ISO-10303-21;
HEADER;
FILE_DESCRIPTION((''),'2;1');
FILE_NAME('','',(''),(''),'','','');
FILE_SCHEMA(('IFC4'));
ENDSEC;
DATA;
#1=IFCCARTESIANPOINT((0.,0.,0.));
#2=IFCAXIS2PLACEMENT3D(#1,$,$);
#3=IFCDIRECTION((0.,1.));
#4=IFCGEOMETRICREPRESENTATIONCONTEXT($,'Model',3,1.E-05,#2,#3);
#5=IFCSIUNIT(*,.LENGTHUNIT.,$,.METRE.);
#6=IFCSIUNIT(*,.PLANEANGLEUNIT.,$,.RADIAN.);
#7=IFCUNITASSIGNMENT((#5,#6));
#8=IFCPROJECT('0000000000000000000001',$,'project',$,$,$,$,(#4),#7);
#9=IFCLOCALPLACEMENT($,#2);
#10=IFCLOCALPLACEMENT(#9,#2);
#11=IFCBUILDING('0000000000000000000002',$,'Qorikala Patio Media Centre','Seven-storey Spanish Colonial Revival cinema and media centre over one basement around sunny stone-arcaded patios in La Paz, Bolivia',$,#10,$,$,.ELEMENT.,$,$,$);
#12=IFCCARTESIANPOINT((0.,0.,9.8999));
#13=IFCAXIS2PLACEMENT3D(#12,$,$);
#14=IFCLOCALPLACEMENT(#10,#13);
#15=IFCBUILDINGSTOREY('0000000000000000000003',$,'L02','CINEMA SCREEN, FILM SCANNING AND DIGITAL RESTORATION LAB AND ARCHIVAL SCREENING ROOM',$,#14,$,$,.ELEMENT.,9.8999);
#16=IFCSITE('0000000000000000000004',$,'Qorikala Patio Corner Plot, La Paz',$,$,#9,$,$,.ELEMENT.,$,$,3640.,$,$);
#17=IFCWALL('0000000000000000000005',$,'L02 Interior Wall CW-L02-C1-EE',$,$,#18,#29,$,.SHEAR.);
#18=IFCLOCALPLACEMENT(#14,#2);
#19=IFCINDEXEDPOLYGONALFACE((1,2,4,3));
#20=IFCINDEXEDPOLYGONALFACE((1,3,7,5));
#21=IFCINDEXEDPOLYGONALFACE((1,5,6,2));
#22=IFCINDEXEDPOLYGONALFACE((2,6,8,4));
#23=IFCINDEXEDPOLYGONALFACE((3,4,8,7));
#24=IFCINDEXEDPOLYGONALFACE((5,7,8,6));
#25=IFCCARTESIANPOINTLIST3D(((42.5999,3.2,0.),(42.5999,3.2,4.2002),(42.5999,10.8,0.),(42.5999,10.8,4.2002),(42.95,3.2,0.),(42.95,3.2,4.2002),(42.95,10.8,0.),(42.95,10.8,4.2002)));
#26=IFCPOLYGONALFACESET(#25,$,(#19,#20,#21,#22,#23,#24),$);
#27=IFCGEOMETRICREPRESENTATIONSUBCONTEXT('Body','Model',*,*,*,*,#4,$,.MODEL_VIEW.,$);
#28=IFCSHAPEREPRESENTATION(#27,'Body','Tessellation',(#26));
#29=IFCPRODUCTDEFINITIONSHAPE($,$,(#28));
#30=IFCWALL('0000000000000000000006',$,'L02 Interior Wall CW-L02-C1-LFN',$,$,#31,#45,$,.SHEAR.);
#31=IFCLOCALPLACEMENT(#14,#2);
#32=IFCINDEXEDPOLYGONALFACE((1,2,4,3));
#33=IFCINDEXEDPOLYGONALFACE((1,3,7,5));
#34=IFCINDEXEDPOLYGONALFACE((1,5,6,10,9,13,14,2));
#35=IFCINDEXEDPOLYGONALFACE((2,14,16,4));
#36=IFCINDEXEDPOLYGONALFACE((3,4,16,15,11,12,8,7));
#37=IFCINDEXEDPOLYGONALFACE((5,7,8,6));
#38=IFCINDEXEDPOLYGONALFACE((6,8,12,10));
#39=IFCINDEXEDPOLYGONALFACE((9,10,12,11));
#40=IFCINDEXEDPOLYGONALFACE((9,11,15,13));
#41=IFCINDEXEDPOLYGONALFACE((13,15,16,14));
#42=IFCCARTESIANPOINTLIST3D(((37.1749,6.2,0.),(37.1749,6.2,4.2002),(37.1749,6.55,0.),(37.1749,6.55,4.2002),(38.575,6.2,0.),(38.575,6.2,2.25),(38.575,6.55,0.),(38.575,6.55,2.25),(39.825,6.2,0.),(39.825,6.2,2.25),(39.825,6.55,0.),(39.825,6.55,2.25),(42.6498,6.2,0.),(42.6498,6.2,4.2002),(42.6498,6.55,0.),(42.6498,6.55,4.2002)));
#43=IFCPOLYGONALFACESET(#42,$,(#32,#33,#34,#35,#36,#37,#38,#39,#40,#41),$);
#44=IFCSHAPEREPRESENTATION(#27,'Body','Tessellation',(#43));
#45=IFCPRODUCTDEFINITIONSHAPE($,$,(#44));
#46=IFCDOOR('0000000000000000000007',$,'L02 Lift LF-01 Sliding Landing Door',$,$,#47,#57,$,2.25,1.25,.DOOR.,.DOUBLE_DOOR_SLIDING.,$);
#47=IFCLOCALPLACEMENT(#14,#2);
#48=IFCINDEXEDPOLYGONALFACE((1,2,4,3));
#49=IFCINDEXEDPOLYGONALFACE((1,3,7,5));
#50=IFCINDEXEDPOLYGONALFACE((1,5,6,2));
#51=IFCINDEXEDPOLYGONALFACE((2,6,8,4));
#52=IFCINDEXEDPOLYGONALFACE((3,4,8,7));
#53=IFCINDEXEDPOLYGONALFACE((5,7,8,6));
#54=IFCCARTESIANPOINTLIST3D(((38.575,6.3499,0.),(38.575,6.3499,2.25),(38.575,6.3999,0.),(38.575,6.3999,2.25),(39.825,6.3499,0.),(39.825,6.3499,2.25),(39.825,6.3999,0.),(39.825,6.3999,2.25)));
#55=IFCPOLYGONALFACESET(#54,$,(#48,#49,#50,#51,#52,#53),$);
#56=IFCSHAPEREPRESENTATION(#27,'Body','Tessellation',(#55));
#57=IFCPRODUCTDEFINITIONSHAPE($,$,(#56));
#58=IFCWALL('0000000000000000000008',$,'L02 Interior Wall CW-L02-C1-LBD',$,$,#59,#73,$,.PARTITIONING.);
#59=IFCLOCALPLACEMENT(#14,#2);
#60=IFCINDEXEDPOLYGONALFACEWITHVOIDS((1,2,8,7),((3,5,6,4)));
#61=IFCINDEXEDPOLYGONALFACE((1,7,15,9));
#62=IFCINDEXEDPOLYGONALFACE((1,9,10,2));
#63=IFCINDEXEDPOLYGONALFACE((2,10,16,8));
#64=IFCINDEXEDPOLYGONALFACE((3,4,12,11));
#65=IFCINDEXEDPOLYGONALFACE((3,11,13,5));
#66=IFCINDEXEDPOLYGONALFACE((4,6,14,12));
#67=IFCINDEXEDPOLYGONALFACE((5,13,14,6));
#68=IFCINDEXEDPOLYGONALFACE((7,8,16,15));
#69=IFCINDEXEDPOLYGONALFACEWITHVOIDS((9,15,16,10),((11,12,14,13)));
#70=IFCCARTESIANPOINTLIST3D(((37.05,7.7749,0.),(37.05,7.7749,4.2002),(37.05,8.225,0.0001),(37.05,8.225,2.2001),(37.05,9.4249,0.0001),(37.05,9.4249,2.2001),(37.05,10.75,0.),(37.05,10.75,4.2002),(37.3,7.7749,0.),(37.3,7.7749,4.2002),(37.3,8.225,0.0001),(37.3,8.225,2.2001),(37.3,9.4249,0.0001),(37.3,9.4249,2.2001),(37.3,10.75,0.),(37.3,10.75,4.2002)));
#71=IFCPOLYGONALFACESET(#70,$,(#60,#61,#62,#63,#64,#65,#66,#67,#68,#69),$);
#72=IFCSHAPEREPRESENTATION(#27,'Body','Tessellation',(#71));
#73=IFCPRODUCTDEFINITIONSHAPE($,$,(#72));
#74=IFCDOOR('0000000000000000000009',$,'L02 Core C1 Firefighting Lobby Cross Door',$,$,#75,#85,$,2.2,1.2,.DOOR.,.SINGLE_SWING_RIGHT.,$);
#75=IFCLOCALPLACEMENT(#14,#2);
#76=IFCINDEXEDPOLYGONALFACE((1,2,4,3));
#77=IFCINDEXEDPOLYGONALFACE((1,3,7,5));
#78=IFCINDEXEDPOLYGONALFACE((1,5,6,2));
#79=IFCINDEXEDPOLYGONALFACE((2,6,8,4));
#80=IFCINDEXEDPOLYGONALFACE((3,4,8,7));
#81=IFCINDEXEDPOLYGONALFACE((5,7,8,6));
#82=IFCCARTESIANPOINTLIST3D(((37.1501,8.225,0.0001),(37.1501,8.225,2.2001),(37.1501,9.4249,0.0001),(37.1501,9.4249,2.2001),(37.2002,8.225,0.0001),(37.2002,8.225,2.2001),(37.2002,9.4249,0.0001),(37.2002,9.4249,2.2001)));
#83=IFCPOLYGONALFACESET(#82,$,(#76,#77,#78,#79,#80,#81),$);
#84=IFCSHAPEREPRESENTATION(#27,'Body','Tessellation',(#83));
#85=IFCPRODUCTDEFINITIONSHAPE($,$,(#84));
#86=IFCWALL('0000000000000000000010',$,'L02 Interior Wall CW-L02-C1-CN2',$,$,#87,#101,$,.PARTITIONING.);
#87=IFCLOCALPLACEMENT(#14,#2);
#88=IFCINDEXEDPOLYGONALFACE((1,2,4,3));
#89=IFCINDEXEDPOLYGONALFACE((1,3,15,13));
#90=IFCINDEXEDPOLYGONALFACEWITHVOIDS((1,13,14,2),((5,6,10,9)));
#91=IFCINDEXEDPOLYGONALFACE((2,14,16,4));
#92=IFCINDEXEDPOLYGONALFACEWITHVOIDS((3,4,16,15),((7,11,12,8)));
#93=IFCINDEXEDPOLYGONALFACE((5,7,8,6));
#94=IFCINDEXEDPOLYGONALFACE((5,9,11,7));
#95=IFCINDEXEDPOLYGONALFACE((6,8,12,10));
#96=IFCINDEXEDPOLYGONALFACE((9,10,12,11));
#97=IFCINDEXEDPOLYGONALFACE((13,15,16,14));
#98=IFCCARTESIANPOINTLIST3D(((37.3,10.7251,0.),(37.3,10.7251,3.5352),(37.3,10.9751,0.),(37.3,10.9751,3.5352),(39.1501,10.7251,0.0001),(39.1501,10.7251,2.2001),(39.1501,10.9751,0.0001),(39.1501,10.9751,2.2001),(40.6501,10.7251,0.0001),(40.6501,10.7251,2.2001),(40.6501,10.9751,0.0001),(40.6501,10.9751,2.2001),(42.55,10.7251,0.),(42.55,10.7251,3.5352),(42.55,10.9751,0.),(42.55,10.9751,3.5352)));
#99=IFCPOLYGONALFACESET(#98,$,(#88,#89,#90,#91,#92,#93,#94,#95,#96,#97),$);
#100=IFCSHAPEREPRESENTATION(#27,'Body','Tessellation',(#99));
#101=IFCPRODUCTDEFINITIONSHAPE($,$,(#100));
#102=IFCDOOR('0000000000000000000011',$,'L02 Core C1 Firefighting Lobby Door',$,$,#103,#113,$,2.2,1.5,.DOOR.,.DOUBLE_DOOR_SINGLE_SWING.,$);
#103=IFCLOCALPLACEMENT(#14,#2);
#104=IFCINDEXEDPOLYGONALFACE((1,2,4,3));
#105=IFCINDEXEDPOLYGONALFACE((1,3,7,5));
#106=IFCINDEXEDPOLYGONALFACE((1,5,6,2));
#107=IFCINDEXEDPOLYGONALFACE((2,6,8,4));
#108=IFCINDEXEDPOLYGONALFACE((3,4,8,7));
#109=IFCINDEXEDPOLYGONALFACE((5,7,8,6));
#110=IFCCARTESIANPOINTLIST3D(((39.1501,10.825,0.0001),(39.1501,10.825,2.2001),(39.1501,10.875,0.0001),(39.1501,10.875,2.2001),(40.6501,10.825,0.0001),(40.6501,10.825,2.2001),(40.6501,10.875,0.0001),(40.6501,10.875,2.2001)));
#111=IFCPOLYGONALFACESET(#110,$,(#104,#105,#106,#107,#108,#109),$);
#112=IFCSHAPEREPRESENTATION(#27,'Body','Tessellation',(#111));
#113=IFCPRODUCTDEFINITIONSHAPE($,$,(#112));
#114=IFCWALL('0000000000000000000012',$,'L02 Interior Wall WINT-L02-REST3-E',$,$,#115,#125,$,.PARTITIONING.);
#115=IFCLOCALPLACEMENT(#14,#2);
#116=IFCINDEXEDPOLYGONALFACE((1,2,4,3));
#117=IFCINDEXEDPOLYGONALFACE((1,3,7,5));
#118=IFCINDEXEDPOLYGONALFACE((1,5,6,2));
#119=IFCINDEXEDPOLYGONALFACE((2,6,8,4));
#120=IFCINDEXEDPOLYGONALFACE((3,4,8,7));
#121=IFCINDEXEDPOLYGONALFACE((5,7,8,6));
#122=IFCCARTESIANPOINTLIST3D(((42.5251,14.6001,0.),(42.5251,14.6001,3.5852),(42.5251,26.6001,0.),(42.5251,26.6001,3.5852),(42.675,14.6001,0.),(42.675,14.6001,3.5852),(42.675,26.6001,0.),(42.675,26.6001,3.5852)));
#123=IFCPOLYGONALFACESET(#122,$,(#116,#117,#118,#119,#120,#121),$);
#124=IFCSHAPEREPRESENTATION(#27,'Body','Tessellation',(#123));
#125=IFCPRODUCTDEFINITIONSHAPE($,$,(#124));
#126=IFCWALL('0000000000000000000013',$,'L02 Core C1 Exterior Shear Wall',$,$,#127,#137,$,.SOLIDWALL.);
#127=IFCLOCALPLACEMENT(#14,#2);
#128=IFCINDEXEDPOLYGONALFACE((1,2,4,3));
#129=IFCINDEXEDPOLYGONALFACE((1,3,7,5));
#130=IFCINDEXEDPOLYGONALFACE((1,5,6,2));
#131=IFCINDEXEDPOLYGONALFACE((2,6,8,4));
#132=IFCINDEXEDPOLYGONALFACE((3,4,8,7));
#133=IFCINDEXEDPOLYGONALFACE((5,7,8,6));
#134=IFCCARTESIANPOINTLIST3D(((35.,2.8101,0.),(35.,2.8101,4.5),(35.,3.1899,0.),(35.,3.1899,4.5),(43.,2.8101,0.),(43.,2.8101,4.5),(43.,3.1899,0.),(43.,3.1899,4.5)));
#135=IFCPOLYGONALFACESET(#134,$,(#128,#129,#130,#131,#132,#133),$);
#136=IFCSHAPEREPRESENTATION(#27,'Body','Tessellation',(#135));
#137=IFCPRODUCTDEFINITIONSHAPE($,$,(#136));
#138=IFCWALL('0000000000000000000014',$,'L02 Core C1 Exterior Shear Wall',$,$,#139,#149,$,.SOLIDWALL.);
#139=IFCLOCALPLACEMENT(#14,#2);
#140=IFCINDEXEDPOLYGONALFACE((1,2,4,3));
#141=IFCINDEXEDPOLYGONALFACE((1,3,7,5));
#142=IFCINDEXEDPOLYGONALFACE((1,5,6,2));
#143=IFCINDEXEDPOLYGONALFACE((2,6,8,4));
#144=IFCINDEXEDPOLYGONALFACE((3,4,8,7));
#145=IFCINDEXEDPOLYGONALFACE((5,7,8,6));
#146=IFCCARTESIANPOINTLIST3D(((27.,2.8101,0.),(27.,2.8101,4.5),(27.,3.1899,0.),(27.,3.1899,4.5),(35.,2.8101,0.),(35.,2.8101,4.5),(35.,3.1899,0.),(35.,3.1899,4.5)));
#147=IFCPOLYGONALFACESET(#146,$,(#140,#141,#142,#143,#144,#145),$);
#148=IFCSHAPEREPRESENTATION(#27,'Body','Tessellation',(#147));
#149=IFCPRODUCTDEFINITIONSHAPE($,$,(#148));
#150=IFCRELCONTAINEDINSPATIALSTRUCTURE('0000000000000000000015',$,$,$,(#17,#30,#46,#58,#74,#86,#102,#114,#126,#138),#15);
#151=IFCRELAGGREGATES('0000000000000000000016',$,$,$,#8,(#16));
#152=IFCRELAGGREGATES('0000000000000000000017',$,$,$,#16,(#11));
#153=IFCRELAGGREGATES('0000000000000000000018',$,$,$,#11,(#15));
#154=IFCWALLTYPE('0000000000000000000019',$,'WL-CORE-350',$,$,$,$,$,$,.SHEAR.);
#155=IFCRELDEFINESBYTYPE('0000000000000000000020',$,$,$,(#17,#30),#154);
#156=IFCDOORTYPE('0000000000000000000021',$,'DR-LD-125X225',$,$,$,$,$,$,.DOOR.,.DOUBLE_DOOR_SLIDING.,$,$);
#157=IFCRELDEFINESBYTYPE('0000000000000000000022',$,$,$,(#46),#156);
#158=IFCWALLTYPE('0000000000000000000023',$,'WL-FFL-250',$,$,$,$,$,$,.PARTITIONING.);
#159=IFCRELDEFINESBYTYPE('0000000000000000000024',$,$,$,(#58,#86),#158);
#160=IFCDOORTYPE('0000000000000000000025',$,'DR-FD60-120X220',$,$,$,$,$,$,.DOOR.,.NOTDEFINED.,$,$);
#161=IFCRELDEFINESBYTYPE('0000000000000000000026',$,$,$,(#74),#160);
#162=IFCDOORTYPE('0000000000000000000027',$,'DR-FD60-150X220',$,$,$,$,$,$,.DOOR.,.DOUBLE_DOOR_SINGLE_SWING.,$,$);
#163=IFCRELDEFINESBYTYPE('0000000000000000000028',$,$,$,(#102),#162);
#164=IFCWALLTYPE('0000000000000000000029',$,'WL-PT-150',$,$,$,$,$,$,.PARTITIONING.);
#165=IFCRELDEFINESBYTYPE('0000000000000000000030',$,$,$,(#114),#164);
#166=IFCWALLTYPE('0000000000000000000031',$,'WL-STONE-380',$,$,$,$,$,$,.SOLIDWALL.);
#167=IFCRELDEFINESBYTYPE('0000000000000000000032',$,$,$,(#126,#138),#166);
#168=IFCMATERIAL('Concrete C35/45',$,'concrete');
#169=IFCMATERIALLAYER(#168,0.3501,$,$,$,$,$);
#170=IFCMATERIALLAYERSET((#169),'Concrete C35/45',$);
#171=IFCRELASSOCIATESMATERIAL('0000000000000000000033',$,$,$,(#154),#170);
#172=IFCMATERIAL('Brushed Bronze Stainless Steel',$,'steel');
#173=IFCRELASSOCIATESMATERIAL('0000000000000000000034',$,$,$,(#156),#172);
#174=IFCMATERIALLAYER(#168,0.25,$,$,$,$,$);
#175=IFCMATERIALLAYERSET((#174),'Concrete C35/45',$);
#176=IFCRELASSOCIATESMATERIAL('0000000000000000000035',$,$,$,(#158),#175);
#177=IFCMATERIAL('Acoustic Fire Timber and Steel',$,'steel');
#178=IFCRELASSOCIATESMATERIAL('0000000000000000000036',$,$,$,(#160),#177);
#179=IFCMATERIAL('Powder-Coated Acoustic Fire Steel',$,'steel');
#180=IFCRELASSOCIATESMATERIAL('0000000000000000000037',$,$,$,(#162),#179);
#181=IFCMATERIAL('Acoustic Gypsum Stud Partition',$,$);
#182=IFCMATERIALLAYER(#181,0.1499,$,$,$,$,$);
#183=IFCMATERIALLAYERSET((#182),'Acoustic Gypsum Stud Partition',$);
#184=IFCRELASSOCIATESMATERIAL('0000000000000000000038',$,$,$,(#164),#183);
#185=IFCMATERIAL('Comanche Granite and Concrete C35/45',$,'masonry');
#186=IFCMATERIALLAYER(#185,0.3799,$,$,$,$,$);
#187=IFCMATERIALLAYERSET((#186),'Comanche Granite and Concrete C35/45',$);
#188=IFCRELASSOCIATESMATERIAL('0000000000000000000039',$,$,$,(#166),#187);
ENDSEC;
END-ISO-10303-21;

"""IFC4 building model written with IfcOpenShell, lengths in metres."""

from ifc_helpers import new_model, si_unit, direction, frame, frame_2d, origin, place, context, subcontext, project, spatial, rectangle, extrude, material, layer, layer_set, type_object, element, fill, save


model = new_model("IFC4")

# Units and contexts
model_context = context("Model", 3, precision=1e-05, world=origin(), true_north=direction((0.0, 1.0)))
body_context = subcontext(model_context, "Body", "Model", "MODEL_VIEW")
ifc_project = project(units=[si_unit("LENGTHUNIT", "METRE"), si_unit("PLANEANGLEUNIT", "RADIAN")], contexts=[model_context])

# Site, building, storey
site_placement = place(None, origin())
site = spatial("IfcSite", under=ifc_project, at=site_placement, Name="Qorikala Patio Corner Plot, La Paz", CompositionType="ELEMENT", RefElevation=3640.0)
building_placement = place(site_placement, origin())
building = spatial("IfcBuilding", under=site, at=building_placement, Name="Qorikala Patio Media Centre", Description="Seven-storey Spanish Colonial Revival cinema and media centre over one basement around sunny stone-arcaded patios in La Paz, Bolivia", CompositionType="ELEMENT")
storey_placement = place(building_placement, frame((0.0, 0.0, 9.8999)))
storey = spatial("IfcBuildingStorey", under=building, at=storey_placement, Name="L02", Description="CINEMA SCREEN, FILM SCANNING AND DIGITAL RESTORATION LAB AND ARCHIVAL SCREENING ROOM", CompositionType="ELEMENT", Elevation=9.8999)

# Shared definitions
ifc_material_1 = material(Name="Concrete C35/45", Category="concrete")

# Wall
ifc_layer_1 = layer(ifc_material_1, 0.3501)
ifc_layer_set_1 = layer_set([ifc_layer_1], Name="Concrete C35/45")
wall_type_1 = type_object("IfcWallType", Name="WL-CORE-350", PredefinedType="SHEAR", material=ifc_layer_set_1)
wall_1_placement = place(storey_placement, frame((42.7749, 3.2, 0.0), z_axis=(0.0, 0.0, 1.0), x_axis=(0.0, 1.0, 0.0)))
element("IfcWall", 1, at=wall_1_placement, inside=storey, type_object=wall_type_1, Name="L02 Interior Wall CW-L02-C1-EE", PredefinedType="SHEAR", context=body_context, shape_type="SweptSolid", body=[
    extrude(rectangle(XDim=7.6001, YDim=0.3501, at=frame_2d((3.8, 0.0))), origin(), (0.0, 0.0, 1.0), 4.2002),
])

# Walls, openings, doors
wall_2_placement = place(storey_placement, frame((37.175, 6.375, 0.0), z_axis=(0.0, 0.0, 1.0), x_axis=(1.0, 0.0, 0.0)))
wall_2 = element("IfcWall", 2, at=wall_2_placement, inside=storey, type_object=wall_type_1, Name="L02 Interior Wall CW-L02-C1-LFN", PredefinedType="SHEAR", context=body_context, shape_type="SweptSolid", body=[
    extrude(rectangle(XDim=5.4749, YDim=0.3501, at=frame_2d((2.7373, 0.0))), origin(), (0.0, 0.0, 1.0), 4.2002),
])
opening_1_placement = place(wall_2_placement, frame((1.3999, 0.0, 0.0)))
opening_1 = element("IfcOpeningElement", 3, at=opening_1_placement, cuts=wall_2, PredefinedType="OPENING", context=body_context, shape_type="SweptSolid", body=[
    extrude(rectangle(XDim=1.25, YDim=2.25, at=frame_2d((0.625, 1.125))), frame((0.0, 0.1851, 0.0), z_axis=(0.0, -1.0, 0.0), x_axis=(1.0, 0.0, 0.0)), (0.0, 0.0, 1.0), 0.3701),
])
ifc_material_2 = material(Name="Brushed Bronze Stainless Steel", Category="steel")
door_type_1 = type_object("IfcDoorType", Name="DR-LD-125X225", OperationType="DOUBLE_DOOR_SLIDING", PredefinedType="DOOR", material=ifc_material_2)
door_1_placement = place(opening_1_placement, origin())
door_1 = element("IfcDoor", 4, at=door_1_placement, inside=storey, type_object=door_type_1, Name="L02 Lift LF-01 Sliding Landing Door", OperationType="DOUBLE_DOOR_SLIDING", OverallHeight=2.25, OverallWidth=1.25, PredefinedType="DOOR", context=body_context, shape_type="SweptSolid", body=[
    extrude(rectangle(XDim=1.25, YDim=2.25, at=frame_2d((0.625, 1.125))), frame((0.0, 0.0249, 0.0), z_axis=(0.0, -1.0, 0.0), x_axis=(1.0, 0.0, 0.0)), (0.0, 0.0, 1.0), 0.05),
])
fill(opening_1, door_1)
ifc_layer_2 = layer(ifc_material_1, 0.25)
ifc_layer_set_2 = layer_set([ifc_layer_2], Name="Concrete C35/45")
wall_type_2 = type_object("IfcWallType", Name="WL-FFL-250", PredefinedType="PARTITIONING", material=ifc_layer_set_2)
wall_3_placement = place(storey_placement, frame((37.175, 7.7749, 0.0), z_axis=(0.0, 0.0, 1.0), x_axis=(0.0, 1.0, 0.0)))
wall_3 = element("IfcWall", 5, at=wall_3_placement, inside=storey, type_object=wall_type_2, Name="L02 Interior Wall CW-L02-C1-LBD", PredefinedType="PARTITIONING", context=body_context, shape_type="SweptSolid", body=[
    extrude(rectangle(XDim=2.9751, YDim=0.25, at=frame_2d((1.4875, 0.0))), origin(), (0.0, 0.0, 1.0), 4.2002),
])
opening_2_placement = place(wall_3_placement, frame((0.45, 0.0, 0.0)))
opening_2 = element("IfcOpeningElement", 6, at=opening_2_placement, cuts=wall_3, PredefinedType="OPENING", context=body_context, shape_type="SweptSolid", body=[
    extrude(rectangle(XDim=1.2, YDim=2.2, at=frame_2d((0.6001, 1.1001))), frame((0.0, 0.135, 0.0), z_axis=(0.0, -1.0, 0.0), x_axis=(1.0, 0.0, 0.0)), (0.0, 0.0, 1.0), 0.27),
])
ifc_material_3 = material(Name="Acoustic Fire Timber and Steel", Category="steel")
door_type_2 = type_object("IfcDoorType", Name="DR-FD60-120X220", OperationType="NOTDEFINED", PredefinedType="DOOR", material=ifc_material_3)
door_2_placement = place(opening_2_placement, origin())
door_2 = element("IfcDoor", 7, at=door_2_placement, inside=storey, type_object=door_type_2, Name="L02 Core C1 Firefighting Lobby Cross Door", OperationType="SINGLE_SWING_RIGHT", OverallHeight=2.2, OverallWidth=1.2, PredefinedType="DOOR", context=body_context, shape_type="SweptSolid", body=[
    extrude(rectangle(XDim=1.2, YDim=2.2, at=frame_2d((0.6001, 1.1001))), frame((0.0, 0.0249, 0.0), z_axis=(0.0, -1.0, 0.0), x_axis=(1.0, 0.0, 0.0)), (0.0, 0.0, 1.0), 0.05),
])
fill(opening_2, door_2)
wall_4_placement = place(storey_placement, frame((37.3, 10.8501, 0.0), z_axis=(0.0, 0.0, 1.0), x_axis=(1.0, 0.0, 0.0)))
wall_4 = element("IfcWall", 8, at=wall_4_placement, inside=storey, type_object=wall_type_2, Name="L02 Interior Wall CW-L02-C1-CN2", PredefinedType="PARTITIONING", context=body_context, shape_type="SweptSolid", body=[
    extrude(rectangle(XDim=5.25, YDim=0.25, at=frame_2d((2.625, 0.0))), origin(), (0.0, 0.0, 1.0), 3.5352),
])
opening_3_placement = place(wall_4_placement, frame((1.8501, 0.0, 0.0)))
opening_3 = element("IfcOpeningElement", 9, at=opening_3_placement, cuts=wall_4, PredefinedType="OPENING", context=body_context, shape_type="SweptSolid", body=[
    extrude(rectangle(XDim=1.5, YDim=2.2, at=frame_2d((0.75, 1.1001))), frame((0.0, 0.135, 0.0), z_axis=(0.0, -1.0, 0.0), x_axis=(1.0, 0.0, 0.0)), (0.0, 0.0, 1.0), 0.27),
])
ifc_material_4 = material(Name="Powder-Coated Acoustic Fire Steel", Category="steel")
door_type_3 = type_object("IfcDoorType", Name="DR-FD60-150X220", OperationType="DOUBLE_DOOR_SINGLE_SWING", PredefinedType="DOOR", material=ifc_material_4)
door_3_placement = place(opening_3_placement, origin())
door_3 = element("IfcDoor", 10, at=door_3_placement, inside=storey, type_object=door_type_3, Name="L02 Core C1 Firefighting Lobby Door", OperationType="DOUBLE_DOOR_SINGLE_SWING", OverallHeight=2.2, OverallWidth=1.5, PredefinedType="DOOR", context=body_context, shape_type="SweptSolid", body=[
    extrude(rectangle(XDim=1.5, YDim=2.2, at=frame_2d((0.75, 1.1001))), frame((0.0, 0.0249, 0.0), z_axis=(0.0, -1.0, 0.0), x_axis=(1.0, 0.0, 0.0)), (0.0, 0.0, 1.0), 0.05),
])
fill(opening_3, door_3)

# Walls
ifc_material_5 = material(Name="Acoustic Gypsum Stud Partition")
ifc_layer_3 = layer(ifc_material_5, 0.1499)
ifc_layer_set_3 = layer_set([ifc_layer_3], Name="Acoustic Gypsum Stud Partition")
wall_type_3 = type_object("IfcWallType", Name="WL-PT-150", PredefinedType="PARTITIONING", material=ifc_layer_set_3)
wall_5_placement = place(storey_placement, frame((42.6001, 14.6001, 0.0), z_axis=(0.0, 0.0, 1.0), x_axis=(0.0, 1.0, 0.0)))
element("IfcWall", 11, at=wall_5_placement, inside=storey, type_object=wall_type_3, Name="L02 Interior Wall WINT-L02-REST3-E", PredefinedType="PARTITIONING", context=body_context, shape_type="SweptSolid", body=[
    extrude(rectangle(XDim=12.0, YDim=0.1499, at=frame_2d((6.0, 0.0))), origin(), (0.0, 0.0, 1.0), 3.5852),
])
ifc_material_6 = material(Name="Comanche Granite and Concrete C35/45", Category="masonry")
ifc_layer_4 = layer(ifc_material_6, 0.3799)
ifc_layer_set_4 = layer_set([ifc_layer_4], Name="Comanche Granite and Concrete C35/45")
wall_type_4 = type_object("IfcWallType", Name="WL-STONE-380", PredefinedType="SOLIDWALL", material=ifc_layer_set_4)
for number, where, z_axis, x_axis, name in (
    (12, (43.0, 3.0, 0.0), (0.0, 0.0, 1.0), (-1.0, 0.0, 0.0), "L02 Core C1 Exterior Shear Wall"),
    (13, (35.0, 3.0, 0.0), (0.0, 0.0, 1.0), (-1.0, 0.0, 0.0), "L02 Core C1 Exterior Shear Wall"),
):
    element("IfcWall", number, at=place(storey_placement, frame(where, z_axis=z_axis, x_axis=x_axis)), inside=storey, type_object=wall_type_4, Name=name, PredefinedType="SOLIDWALL", context=body_context, shape_type="SweptSolid", body=[
        extrude(rectangle(XDim=8.0, YDim=0.3799, at=frame_2d((4.0, 0.0))), origin(), (0.0, 0.0, 1.0), 4.5),
    ])

save(model, "model.ifc")
